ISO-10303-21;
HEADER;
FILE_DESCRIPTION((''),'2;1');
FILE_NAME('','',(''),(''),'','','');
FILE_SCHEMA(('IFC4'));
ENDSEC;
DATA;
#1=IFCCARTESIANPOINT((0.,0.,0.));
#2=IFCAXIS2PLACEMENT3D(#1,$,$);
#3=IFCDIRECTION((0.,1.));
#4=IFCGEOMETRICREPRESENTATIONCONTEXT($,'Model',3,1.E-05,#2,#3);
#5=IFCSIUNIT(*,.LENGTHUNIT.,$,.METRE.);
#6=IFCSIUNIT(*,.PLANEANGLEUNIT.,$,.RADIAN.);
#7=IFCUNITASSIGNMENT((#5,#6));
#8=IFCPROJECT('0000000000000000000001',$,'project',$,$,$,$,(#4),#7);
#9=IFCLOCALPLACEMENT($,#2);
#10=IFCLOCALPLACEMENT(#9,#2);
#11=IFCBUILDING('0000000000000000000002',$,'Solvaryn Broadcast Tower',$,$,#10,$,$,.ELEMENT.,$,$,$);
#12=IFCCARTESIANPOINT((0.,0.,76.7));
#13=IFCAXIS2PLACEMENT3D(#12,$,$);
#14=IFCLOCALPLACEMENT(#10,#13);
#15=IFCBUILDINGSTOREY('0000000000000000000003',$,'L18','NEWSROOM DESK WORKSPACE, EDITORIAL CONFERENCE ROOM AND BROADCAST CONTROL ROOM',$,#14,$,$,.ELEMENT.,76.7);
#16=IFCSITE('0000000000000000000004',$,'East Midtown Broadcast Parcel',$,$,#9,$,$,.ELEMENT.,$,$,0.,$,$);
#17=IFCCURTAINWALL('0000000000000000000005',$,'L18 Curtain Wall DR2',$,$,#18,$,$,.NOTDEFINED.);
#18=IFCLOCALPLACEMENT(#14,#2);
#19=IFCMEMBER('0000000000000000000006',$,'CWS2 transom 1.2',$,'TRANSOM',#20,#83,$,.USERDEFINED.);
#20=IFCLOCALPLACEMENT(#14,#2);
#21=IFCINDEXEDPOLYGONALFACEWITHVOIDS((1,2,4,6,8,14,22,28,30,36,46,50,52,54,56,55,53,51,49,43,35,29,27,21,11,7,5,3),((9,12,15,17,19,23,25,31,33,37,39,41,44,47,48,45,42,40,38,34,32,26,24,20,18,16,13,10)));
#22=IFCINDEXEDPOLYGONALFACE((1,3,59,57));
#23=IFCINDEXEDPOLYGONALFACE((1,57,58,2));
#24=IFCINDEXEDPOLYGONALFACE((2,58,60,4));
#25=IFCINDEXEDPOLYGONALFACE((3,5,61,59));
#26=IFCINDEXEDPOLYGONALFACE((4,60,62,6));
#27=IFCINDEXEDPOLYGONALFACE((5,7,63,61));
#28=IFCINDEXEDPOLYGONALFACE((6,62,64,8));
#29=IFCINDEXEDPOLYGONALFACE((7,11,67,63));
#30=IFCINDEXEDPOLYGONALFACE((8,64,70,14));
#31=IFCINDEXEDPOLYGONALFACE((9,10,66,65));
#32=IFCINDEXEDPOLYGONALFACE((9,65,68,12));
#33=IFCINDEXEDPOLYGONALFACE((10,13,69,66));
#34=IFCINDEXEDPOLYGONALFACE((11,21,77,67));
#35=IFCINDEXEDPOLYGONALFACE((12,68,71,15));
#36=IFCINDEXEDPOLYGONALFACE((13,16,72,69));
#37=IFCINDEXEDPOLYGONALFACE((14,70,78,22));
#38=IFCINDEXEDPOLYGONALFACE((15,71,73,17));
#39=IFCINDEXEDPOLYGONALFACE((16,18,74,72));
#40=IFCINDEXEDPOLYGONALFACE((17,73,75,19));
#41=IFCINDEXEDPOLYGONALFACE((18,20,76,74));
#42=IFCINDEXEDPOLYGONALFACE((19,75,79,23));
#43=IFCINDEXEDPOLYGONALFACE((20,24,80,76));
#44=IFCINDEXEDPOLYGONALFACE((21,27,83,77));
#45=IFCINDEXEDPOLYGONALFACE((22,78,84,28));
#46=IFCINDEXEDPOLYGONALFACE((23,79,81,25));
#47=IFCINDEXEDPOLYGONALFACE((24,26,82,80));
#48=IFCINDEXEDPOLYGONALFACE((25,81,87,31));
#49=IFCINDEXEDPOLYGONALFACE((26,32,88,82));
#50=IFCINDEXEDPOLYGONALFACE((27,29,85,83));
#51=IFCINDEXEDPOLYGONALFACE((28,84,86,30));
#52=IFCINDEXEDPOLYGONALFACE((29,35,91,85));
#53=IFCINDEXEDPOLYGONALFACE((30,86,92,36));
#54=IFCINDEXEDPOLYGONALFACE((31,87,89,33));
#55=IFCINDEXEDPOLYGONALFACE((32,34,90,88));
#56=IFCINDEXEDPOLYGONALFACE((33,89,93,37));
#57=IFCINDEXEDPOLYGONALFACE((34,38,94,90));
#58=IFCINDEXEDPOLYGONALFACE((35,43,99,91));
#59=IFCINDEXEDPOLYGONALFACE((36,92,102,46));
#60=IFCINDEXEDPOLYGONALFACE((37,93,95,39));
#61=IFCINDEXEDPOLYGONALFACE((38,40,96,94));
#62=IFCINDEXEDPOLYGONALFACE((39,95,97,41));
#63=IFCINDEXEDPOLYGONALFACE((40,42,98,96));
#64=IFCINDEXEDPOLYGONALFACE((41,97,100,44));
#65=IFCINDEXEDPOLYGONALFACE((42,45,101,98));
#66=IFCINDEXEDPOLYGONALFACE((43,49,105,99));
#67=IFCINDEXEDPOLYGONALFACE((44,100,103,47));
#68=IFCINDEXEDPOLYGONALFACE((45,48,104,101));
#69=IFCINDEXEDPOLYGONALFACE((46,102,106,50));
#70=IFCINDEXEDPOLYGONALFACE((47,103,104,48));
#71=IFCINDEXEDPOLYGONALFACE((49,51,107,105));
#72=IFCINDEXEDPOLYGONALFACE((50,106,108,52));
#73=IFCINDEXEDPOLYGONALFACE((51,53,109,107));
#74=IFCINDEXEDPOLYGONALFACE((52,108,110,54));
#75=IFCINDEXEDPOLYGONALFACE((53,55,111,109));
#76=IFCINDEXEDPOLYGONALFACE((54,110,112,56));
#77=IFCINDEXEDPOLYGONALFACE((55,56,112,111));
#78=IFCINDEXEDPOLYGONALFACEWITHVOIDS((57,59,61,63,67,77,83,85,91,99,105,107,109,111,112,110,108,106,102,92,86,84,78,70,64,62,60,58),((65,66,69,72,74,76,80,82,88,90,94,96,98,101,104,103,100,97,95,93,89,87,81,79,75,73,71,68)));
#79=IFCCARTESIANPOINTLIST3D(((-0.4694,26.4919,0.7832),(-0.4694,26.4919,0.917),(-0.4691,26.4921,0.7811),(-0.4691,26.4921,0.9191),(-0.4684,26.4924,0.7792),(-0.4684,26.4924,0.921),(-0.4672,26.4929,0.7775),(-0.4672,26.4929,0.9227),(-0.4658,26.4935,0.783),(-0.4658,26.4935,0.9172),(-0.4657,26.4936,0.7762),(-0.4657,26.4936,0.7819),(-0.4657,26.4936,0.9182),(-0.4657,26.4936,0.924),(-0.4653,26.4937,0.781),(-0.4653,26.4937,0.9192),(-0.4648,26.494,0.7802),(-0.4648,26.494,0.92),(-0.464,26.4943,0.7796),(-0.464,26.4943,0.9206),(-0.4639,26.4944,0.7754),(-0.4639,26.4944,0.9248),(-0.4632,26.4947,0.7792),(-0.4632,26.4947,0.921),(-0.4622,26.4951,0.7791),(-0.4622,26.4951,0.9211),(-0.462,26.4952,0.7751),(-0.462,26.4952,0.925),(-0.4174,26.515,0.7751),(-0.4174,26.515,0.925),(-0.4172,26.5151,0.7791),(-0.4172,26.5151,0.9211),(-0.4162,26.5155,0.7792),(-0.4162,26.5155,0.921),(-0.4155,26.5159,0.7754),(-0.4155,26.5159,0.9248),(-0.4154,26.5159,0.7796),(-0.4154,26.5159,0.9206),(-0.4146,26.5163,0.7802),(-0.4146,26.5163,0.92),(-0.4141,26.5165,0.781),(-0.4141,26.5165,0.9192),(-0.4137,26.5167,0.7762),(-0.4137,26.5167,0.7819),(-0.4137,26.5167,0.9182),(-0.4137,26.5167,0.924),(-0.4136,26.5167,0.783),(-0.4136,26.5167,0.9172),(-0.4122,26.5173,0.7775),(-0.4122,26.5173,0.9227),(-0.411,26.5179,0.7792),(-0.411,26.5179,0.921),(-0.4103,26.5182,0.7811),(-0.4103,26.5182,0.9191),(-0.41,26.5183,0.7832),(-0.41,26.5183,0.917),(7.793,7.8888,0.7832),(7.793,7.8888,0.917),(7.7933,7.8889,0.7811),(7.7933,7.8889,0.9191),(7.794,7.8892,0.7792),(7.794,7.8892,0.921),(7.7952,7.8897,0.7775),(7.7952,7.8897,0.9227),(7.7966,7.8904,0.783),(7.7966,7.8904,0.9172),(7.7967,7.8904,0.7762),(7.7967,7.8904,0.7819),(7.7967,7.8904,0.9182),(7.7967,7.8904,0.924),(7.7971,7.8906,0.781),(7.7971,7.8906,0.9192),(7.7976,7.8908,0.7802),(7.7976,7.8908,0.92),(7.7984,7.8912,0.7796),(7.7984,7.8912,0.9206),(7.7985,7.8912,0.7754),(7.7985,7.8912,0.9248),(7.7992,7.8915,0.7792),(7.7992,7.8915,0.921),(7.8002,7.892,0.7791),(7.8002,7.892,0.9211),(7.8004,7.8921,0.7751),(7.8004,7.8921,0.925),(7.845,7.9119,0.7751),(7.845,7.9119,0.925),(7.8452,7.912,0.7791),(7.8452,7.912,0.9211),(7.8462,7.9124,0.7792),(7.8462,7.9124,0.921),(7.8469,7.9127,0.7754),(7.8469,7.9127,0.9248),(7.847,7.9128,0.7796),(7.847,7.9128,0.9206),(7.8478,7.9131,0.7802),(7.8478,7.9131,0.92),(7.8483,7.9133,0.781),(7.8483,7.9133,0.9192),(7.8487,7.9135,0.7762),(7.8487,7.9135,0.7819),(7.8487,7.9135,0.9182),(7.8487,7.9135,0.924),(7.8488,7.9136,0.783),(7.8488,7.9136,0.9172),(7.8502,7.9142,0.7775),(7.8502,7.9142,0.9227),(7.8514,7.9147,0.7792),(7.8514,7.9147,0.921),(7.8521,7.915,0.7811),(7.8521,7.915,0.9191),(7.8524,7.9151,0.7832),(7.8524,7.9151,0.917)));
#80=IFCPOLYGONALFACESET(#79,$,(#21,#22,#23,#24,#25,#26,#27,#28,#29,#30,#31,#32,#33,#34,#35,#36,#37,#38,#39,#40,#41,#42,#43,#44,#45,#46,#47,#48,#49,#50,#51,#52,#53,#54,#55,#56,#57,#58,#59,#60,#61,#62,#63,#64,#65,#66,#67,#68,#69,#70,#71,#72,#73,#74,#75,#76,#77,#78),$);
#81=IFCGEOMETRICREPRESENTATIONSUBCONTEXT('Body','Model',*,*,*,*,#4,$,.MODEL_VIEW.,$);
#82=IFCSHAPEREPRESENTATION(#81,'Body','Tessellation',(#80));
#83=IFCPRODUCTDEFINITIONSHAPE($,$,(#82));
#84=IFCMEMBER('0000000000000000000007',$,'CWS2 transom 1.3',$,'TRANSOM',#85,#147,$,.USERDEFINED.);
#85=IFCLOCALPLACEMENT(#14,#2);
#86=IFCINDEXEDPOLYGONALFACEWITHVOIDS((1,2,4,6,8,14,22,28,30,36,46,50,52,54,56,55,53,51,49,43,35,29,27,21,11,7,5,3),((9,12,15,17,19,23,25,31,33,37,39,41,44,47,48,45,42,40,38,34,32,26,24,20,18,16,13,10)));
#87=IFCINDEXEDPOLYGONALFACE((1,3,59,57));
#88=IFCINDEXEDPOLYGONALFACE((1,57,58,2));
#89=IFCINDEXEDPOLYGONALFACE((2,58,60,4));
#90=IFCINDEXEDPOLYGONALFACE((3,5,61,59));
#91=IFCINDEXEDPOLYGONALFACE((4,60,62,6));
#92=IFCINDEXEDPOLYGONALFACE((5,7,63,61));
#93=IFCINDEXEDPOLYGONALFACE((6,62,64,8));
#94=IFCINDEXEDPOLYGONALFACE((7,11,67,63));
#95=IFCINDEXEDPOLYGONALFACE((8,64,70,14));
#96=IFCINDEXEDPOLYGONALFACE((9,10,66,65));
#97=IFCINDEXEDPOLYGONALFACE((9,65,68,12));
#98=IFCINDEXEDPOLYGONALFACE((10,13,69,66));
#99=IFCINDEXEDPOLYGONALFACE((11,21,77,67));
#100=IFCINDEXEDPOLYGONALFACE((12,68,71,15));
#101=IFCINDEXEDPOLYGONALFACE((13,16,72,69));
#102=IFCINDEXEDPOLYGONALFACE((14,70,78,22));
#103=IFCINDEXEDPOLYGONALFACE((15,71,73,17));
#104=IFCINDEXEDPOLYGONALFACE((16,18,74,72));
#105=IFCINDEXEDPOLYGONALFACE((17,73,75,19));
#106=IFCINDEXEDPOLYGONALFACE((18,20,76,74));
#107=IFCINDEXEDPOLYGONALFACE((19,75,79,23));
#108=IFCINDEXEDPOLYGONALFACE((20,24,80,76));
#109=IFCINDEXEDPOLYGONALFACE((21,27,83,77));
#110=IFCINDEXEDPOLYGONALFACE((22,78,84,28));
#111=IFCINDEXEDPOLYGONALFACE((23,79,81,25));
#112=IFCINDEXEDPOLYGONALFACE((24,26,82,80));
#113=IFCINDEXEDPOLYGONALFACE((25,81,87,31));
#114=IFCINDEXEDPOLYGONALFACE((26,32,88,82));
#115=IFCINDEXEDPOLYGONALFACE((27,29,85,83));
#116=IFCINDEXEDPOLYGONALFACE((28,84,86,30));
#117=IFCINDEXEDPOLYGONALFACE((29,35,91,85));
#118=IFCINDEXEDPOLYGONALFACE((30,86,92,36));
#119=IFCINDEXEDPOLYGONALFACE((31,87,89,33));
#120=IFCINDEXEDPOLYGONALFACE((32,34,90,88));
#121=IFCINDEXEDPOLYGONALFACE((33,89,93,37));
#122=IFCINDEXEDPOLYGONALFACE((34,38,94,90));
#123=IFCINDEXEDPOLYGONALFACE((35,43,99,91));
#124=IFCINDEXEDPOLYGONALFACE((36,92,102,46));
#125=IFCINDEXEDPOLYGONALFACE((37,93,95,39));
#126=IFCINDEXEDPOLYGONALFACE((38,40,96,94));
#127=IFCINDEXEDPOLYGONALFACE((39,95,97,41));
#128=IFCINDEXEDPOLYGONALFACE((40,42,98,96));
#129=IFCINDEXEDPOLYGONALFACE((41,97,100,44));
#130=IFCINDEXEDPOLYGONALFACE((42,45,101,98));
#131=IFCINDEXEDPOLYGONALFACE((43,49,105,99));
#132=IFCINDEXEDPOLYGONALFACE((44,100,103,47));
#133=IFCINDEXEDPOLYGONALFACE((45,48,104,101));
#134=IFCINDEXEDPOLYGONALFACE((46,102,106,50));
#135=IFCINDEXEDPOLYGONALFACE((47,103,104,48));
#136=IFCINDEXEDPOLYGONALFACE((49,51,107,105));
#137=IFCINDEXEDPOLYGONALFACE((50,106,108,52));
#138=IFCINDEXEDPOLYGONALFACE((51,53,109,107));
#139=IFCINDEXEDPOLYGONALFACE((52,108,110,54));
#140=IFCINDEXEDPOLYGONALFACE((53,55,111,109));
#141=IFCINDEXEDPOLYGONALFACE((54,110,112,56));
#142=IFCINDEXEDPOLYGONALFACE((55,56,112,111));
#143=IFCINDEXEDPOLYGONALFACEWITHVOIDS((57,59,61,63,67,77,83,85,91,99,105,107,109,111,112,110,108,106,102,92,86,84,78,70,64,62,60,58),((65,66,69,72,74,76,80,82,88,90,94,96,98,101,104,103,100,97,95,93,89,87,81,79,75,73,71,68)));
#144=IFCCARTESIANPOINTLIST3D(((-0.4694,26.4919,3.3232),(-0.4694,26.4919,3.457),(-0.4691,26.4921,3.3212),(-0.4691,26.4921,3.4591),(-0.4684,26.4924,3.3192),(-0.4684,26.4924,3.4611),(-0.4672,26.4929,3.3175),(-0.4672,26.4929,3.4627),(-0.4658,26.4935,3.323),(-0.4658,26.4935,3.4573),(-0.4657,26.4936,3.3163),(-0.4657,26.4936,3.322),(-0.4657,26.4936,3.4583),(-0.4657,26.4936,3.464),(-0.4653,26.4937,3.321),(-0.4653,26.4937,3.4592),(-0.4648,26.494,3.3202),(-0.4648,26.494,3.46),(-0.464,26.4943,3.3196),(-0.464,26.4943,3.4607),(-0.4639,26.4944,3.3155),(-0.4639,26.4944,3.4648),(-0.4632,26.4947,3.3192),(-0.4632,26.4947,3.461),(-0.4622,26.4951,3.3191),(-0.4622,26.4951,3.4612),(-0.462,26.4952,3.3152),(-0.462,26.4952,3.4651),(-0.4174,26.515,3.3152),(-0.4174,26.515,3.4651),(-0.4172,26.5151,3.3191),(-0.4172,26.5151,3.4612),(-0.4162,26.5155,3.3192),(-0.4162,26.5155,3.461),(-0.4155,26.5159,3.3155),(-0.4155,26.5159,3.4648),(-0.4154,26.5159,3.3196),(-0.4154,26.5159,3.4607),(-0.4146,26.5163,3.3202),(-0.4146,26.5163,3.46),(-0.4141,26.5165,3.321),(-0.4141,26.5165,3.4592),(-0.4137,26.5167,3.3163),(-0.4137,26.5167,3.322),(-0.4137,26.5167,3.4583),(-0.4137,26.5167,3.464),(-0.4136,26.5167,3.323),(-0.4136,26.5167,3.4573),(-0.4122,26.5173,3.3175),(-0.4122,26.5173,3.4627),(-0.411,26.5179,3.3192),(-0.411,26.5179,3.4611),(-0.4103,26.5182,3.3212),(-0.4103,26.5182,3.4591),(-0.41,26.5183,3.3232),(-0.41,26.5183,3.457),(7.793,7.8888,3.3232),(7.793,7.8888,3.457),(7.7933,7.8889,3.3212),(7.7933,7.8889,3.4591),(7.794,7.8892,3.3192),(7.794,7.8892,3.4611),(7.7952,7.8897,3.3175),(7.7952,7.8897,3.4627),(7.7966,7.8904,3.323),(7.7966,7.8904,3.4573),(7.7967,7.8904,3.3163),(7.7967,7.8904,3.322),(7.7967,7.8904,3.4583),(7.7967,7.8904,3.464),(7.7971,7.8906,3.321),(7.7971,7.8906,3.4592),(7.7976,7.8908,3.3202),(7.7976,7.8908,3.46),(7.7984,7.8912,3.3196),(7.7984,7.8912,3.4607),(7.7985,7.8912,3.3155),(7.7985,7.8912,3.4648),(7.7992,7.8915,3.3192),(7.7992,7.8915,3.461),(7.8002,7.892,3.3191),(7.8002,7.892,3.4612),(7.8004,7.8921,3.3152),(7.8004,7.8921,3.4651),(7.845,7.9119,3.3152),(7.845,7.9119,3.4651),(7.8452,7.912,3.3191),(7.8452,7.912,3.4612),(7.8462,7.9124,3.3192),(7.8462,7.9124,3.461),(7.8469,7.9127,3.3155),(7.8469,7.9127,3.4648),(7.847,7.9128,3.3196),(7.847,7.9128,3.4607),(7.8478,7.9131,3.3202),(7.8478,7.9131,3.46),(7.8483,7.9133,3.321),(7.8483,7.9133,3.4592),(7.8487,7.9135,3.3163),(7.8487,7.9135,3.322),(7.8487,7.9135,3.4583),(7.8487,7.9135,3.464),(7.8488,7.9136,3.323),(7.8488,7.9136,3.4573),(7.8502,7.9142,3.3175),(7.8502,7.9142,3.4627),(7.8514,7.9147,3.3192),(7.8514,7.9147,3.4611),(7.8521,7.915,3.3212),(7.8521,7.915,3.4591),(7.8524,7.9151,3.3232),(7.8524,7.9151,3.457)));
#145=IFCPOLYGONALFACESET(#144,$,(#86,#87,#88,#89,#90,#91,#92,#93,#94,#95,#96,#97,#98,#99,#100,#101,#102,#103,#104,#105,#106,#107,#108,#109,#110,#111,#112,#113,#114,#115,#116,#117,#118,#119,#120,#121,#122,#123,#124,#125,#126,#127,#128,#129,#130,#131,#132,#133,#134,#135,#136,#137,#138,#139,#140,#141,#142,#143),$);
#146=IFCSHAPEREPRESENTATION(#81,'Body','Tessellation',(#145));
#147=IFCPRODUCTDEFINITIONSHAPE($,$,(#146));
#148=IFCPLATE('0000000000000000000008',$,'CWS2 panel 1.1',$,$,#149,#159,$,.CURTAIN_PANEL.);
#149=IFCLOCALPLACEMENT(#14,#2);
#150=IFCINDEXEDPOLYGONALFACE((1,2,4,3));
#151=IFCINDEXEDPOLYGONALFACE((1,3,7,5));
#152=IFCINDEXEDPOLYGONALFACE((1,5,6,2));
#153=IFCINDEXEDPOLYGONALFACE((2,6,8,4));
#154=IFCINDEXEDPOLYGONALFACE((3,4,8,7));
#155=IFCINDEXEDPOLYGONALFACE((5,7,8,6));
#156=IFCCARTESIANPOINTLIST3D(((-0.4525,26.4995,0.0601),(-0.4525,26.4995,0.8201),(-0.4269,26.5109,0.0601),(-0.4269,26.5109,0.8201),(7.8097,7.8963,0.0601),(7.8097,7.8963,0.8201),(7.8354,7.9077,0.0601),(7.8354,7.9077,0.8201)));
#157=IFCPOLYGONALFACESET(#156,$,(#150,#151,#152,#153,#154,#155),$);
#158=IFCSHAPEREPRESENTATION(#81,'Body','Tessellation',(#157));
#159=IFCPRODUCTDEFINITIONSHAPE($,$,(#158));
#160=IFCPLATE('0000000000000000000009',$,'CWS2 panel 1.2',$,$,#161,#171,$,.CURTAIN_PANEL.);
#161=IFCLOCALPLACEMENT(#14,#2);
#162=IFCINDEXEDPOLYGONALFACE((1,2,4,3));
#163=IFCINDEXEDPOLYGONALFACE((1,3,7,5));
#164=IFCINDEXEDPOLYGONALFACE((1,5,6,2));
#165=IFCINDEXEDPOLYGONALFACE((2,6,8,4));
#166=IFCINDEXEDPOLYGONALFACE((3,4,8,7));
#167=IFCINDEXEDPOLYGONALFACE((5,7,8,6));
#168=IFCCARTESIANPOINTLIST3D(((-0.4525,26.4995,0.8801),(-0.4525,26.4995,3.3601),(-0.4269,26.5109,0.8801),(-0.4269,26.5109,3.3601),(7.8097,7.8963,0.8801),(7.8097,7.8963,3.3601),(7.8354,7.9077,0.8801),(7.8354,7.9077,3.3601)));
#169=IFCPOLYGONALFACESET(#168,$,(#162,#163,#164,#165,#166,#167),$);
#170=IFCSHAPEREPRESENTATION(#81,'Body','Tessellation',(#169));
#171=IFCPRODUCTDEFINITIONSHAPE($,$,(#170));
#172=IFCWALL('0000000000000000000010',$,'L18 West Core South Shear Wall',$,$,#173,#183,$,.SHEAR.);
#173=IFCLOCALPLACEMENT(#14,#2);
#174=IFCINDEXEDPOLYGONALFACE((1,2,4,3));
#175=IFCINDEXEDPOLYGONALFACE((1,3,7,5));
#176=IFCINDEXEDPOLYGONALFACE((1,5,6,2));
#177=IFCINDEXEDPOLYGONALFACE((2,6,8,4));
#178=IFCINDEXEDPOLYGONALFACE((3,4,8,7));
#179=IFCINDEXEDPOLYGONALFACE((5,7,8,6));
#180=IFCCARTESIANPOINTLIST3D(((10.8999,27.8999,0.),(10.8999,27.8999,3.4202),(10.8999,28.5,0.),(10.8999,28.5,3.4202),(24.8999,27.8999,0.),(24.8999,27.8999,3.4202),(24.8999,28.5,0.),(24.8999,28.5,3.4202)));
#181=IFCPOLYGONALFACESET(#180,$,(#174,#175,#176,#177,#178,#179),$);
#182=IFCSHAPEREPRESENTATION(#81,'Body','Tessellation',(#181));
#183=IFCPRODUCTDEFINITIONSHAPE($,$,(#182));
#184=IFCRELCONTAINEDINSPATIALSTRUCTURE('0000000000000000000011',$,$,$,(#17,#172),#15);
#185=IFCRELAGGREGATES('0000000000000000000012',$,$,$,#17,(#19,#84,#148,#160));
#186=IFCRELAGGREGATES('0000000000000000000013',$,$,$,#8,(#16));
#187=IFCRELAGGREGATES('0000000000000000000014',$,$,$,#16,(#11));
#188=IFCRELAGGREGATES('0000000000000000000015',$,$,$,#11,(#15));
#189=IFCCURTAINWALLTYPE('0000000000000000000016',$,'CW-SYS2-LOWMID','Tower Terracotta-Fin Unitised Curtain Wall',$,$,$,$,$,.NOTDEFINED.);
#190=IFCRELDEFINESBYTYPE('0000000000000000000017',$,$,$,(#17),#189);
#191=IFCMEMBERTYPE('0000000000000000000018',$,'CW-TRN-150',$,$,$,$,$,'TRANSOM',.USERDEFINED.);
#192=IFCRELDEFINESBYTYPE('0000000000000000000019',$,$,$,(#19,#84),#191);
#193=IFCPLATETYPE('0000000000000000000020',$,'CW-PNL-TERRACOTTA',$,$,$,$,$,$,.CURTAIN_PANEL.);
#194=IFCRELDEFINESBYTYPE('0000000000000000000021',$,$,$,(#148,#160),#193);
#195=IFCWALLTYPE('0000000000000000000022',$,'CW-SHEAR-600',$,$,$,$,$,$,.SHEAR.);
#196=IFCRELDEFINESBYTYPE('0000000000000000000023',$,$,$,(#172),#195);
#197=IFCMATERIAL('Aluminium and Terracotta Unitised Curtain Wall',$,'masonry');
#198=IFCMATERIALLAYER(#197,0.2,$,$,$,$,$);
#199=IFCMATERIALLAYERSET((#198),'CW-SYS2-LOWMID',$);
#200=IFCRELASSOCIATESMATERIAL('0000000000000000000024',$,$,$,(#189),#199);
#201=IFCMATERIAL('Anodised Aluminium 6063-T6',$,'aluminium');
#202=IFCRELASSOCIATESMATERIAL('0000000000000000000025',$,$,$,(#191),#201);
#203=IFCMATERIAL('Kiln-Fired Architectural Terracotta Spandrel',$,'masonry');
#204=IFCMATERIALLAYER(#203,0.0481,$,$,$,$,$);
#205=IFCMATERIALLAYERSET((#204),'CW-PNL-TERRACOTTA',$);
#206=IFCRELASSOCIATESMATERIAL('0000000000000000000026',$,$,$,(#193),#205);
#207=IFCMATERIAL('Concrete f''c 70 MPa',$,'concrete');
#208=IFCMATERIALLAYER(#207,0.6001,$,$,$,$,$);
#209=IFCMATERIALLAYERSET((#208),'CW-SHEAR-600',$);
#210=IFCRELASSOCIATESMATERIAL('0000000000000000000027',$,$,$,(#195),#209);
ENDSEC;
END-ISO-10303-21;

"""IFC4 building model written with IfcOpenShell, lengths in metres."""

from ifc_helpers import new_model, si_unit, direction, frame, frame_2d, origin, origin_2d, place, context, subcontext, project, spatial, rectangle, hollow_rectangle, extrude, material, layer, layer_set, material_profile, profile_set, type_object, element, aggregate, save


model = new_model("IFC4")

# Units and contexts
model_context = context("Model", 3, precision=1e-05, world=origin(), true_north=direction((0.0, 1.0)))
body_context = subcontext(model_context, "Body", "Model", "MODEL_VIEW")
ifc_project = project(units=[si_unit("LENGTHUNIT", "METRE"), si_unit("PLANEANGLEUNIT", "RADIAN")], contexts=[model_context])

# Site, building, storey
site_placement = place(None, origin())
site = spatial("IfcSite", under=ifc_project, at=site_placement, Name="East Midtown Broadcast Parcel", CompositionType="ELEMENT", RefElevation=0.0)
building_placement = place(site_placement, origin())
building = spatial("IfcBuilding", under=site, at=building_placement, Name="Solvaryn Broadcast Tower", CompositionType="ELEMENT")
storey_placement = place(building_placement, frame((0.0, 0.0, 76.7)))
storey = spatial("IfcBuildingStorey", under=building, at=storey_placement, Name="L18", Description="NEWSROOM DESK WORKSPACE, EDITORIAL CONFERENCE ROOM AND BROADCAST CONTROL ROOM", CompositionType="ELEMENT", Elevation=76.7)

# Shared definitions
ifc_material_1 = material(Name="Aluminium and Terracotta Unitised Curtain Wall", Category="masonry")
ifc_layer_1 = layer(ifc_material_1, 0.2)
ifc_layer_set_1 = layer_set([ifc_layer_1], Name="CW-SYS2-LOWMID")
curtain_wall_type = type_object("IfcCurtainWallType", Name="CW-SYS2-LOWMID", Description="Tower Terracotta-Fin Unitised Curtain Wall", PredefinedType="NOTDEFINED", material=ifc_layer_set_1)

# Curtain wall, members, plates
curtain_wall_1_placement = place(storey_placement, origin())
curtain_wall_1 = element("IfcCurtainWall", 1, at=curtain_wall_1_placement, inside=storey, type_object=curtain_wall_type, Name="L18 Curtain Wall DR2", PredefinedType="NOTDEFINED")
ifc_material_2 = material(Name="Anodised Aluminium 6063-T6", Category="aluminium")
ifc_material_profile_1 = material_profile(ifc_material_2, hollow_rectangle(XDim=0.0649, YDim=0.1499, WallThickness=0.0039, InnerFilletRadius=0.0039, OuterFilletRadius=0.0081, at=origin_2d()))
ifc_profile_set_1 = profile_set([ifc_material_profile_1], Name="Anodised Aluminium 6063-T6")
member_type_1 = type_object("IfcMemberType", Name="CW-TRN-150", ElementType="TRANSOM", PredefinedType="USERDEFINED", material=ifc_profile_set_1)
member_1_placement = place(storey_placement, frame((-0.4397, 26.5051, 0.8501), z_axis=(0.405906, -0.913915, 0.0), x_axis=(0.913915, 0.405906, 0.0)))
member_1 = element("IfcMember", 2, at=member_1_placement, type_object=member_type_1, Name="CWS2 transom 1.2", ObjectType="TRANSOM", PredefinedType="USERDEFINED", context=body_context, shape_type="SweptSolid", body=[
    extrude(hollow_rectangle(XDim=0.0649, YDim=0.1499, WallThickness=0.0039, InnerFilletRadius=0.0039, OuterFilletRadius=0.0081, at=origin_2d()), origin(), (0.0, 0.0, 1.0), 20.3555),
])
member_2_placement = place(storey_placement, frame((-0.4397, 26.5051, 3.3901), z_axis=(0.405906, -0.913915, 0.0), x_axis=(0.913915, 0.405906, 0.0)))
member_2 = element("IfcMember", 3, at=member_2_placement, type_object=member_type_1, Name="CWS2 transom 1.3", ObjectType="TRANSOM", PredefinedType="USERDEFINED", context=body_context, shape_type="SweptSolid", body=[
    extrude(hollow_rectangle(XDim=0.0649, YDim=0.1499, WallThickness=0.0039, InnerFilletRadius=0.0039, OuterFilletRadius=0.0081, at=origin_2d()), origin(), (0.0, 0.0, 1.0), 20.3555),
])
ifc_material_3 = material(Name="Kiln-Fired Architectural Terracotta Spandrel", Category="masonry")
ifc_layer_2 = layer(ifc_material_3, 0.0481)
ifc_layer_set_2 = layer_set([ifc_layer_2], Name="CW-PNL-TERRACOTTA")
plate_type = type_object("IfcPlateType", Name="CW-PNL-TERRACOTTA", PredefinedType="CURTAIN_PANEL", material=ifc_layer_set_2)
plate_1_placement = place(storey_placement, frame((3.6914, 17.2036, 0.0601), z_axis=(0.0, 0.0, 1.0), x_axis=(0.405898, -0.913918, 0.0)))
plate_1 = element("IfcPlate", 4, at=plate_1_placement, type_object=plate_type, Name="CWS2 panel 1.1", PredefinedType="CURTAIN_PANEL", context=body_context, shape_type="SweptSolid", body=[
    extrude(rectangle(XDim=20.3555, YDim=0.0281, at=origin_2d()), origin(), (0.0, 0.0, 1.0), 0.76),
])
plate_2_placement = place(storey_placement, frame((3.6914, 17.2036, 0.8801), z_axis=(0.0, 0.0, 1.0), x_axis=(0.405898, -0.913918, 0.0)))
plate_2 = element("IfcPlate", 5, at=plate_2_placement, type_object=plate_type, Name="CWS2 panel 1.2", PredefinedType="CURTAIN_PANEL", context=body_context, shape_type="SweptSolid", body=[
    extrude(rectangle(XDim=20.3555, YDim=0.0281, at=origin_2d()), origin(), (0.0, 0.0, 1.0), 2.48),
])
aggregate(curtain_wall_1, [member_1, member_2, plate_1, plate_2])

# Wall
ifc_material_4 = material(Name="Concrete f'c 70 MPa", Category="concrete")
ifc_layer_3 = layer(ifc_material_4, 0.6001)
ifc_layer_set_3 = layer_set([ifc_layer_3], Name="CW-SHEAR-600")
wall_type_1 = type_object("IfcWallType", Name="CW-SHEAR-600", PredefinedType="SHEAR", material=ifc_layer_set_3)
wall_1_placement = place(storey_placement, frame((10.8999, 28.2, 0.0), z_axis=(0.0, 0.0, 1.0), x_axis=(1.0, 0.0, 0.0)))
element("IfcWall", 6, at=wall_1_placement, inside=storey, type_object=wall_type_1, Name="L18 West Core South Shear Wall", PredefinedType="SHEAR", context=body_context, shape_type="SweptSolid", body=[
    extrude(rectangle(XDim=14.0, YDim=0.6001, at=frame_2d((7.0, 0.0))), origin(), (0.0, 0.0, 1.0), 3.4202),
])

save(model, "model.ifc")
